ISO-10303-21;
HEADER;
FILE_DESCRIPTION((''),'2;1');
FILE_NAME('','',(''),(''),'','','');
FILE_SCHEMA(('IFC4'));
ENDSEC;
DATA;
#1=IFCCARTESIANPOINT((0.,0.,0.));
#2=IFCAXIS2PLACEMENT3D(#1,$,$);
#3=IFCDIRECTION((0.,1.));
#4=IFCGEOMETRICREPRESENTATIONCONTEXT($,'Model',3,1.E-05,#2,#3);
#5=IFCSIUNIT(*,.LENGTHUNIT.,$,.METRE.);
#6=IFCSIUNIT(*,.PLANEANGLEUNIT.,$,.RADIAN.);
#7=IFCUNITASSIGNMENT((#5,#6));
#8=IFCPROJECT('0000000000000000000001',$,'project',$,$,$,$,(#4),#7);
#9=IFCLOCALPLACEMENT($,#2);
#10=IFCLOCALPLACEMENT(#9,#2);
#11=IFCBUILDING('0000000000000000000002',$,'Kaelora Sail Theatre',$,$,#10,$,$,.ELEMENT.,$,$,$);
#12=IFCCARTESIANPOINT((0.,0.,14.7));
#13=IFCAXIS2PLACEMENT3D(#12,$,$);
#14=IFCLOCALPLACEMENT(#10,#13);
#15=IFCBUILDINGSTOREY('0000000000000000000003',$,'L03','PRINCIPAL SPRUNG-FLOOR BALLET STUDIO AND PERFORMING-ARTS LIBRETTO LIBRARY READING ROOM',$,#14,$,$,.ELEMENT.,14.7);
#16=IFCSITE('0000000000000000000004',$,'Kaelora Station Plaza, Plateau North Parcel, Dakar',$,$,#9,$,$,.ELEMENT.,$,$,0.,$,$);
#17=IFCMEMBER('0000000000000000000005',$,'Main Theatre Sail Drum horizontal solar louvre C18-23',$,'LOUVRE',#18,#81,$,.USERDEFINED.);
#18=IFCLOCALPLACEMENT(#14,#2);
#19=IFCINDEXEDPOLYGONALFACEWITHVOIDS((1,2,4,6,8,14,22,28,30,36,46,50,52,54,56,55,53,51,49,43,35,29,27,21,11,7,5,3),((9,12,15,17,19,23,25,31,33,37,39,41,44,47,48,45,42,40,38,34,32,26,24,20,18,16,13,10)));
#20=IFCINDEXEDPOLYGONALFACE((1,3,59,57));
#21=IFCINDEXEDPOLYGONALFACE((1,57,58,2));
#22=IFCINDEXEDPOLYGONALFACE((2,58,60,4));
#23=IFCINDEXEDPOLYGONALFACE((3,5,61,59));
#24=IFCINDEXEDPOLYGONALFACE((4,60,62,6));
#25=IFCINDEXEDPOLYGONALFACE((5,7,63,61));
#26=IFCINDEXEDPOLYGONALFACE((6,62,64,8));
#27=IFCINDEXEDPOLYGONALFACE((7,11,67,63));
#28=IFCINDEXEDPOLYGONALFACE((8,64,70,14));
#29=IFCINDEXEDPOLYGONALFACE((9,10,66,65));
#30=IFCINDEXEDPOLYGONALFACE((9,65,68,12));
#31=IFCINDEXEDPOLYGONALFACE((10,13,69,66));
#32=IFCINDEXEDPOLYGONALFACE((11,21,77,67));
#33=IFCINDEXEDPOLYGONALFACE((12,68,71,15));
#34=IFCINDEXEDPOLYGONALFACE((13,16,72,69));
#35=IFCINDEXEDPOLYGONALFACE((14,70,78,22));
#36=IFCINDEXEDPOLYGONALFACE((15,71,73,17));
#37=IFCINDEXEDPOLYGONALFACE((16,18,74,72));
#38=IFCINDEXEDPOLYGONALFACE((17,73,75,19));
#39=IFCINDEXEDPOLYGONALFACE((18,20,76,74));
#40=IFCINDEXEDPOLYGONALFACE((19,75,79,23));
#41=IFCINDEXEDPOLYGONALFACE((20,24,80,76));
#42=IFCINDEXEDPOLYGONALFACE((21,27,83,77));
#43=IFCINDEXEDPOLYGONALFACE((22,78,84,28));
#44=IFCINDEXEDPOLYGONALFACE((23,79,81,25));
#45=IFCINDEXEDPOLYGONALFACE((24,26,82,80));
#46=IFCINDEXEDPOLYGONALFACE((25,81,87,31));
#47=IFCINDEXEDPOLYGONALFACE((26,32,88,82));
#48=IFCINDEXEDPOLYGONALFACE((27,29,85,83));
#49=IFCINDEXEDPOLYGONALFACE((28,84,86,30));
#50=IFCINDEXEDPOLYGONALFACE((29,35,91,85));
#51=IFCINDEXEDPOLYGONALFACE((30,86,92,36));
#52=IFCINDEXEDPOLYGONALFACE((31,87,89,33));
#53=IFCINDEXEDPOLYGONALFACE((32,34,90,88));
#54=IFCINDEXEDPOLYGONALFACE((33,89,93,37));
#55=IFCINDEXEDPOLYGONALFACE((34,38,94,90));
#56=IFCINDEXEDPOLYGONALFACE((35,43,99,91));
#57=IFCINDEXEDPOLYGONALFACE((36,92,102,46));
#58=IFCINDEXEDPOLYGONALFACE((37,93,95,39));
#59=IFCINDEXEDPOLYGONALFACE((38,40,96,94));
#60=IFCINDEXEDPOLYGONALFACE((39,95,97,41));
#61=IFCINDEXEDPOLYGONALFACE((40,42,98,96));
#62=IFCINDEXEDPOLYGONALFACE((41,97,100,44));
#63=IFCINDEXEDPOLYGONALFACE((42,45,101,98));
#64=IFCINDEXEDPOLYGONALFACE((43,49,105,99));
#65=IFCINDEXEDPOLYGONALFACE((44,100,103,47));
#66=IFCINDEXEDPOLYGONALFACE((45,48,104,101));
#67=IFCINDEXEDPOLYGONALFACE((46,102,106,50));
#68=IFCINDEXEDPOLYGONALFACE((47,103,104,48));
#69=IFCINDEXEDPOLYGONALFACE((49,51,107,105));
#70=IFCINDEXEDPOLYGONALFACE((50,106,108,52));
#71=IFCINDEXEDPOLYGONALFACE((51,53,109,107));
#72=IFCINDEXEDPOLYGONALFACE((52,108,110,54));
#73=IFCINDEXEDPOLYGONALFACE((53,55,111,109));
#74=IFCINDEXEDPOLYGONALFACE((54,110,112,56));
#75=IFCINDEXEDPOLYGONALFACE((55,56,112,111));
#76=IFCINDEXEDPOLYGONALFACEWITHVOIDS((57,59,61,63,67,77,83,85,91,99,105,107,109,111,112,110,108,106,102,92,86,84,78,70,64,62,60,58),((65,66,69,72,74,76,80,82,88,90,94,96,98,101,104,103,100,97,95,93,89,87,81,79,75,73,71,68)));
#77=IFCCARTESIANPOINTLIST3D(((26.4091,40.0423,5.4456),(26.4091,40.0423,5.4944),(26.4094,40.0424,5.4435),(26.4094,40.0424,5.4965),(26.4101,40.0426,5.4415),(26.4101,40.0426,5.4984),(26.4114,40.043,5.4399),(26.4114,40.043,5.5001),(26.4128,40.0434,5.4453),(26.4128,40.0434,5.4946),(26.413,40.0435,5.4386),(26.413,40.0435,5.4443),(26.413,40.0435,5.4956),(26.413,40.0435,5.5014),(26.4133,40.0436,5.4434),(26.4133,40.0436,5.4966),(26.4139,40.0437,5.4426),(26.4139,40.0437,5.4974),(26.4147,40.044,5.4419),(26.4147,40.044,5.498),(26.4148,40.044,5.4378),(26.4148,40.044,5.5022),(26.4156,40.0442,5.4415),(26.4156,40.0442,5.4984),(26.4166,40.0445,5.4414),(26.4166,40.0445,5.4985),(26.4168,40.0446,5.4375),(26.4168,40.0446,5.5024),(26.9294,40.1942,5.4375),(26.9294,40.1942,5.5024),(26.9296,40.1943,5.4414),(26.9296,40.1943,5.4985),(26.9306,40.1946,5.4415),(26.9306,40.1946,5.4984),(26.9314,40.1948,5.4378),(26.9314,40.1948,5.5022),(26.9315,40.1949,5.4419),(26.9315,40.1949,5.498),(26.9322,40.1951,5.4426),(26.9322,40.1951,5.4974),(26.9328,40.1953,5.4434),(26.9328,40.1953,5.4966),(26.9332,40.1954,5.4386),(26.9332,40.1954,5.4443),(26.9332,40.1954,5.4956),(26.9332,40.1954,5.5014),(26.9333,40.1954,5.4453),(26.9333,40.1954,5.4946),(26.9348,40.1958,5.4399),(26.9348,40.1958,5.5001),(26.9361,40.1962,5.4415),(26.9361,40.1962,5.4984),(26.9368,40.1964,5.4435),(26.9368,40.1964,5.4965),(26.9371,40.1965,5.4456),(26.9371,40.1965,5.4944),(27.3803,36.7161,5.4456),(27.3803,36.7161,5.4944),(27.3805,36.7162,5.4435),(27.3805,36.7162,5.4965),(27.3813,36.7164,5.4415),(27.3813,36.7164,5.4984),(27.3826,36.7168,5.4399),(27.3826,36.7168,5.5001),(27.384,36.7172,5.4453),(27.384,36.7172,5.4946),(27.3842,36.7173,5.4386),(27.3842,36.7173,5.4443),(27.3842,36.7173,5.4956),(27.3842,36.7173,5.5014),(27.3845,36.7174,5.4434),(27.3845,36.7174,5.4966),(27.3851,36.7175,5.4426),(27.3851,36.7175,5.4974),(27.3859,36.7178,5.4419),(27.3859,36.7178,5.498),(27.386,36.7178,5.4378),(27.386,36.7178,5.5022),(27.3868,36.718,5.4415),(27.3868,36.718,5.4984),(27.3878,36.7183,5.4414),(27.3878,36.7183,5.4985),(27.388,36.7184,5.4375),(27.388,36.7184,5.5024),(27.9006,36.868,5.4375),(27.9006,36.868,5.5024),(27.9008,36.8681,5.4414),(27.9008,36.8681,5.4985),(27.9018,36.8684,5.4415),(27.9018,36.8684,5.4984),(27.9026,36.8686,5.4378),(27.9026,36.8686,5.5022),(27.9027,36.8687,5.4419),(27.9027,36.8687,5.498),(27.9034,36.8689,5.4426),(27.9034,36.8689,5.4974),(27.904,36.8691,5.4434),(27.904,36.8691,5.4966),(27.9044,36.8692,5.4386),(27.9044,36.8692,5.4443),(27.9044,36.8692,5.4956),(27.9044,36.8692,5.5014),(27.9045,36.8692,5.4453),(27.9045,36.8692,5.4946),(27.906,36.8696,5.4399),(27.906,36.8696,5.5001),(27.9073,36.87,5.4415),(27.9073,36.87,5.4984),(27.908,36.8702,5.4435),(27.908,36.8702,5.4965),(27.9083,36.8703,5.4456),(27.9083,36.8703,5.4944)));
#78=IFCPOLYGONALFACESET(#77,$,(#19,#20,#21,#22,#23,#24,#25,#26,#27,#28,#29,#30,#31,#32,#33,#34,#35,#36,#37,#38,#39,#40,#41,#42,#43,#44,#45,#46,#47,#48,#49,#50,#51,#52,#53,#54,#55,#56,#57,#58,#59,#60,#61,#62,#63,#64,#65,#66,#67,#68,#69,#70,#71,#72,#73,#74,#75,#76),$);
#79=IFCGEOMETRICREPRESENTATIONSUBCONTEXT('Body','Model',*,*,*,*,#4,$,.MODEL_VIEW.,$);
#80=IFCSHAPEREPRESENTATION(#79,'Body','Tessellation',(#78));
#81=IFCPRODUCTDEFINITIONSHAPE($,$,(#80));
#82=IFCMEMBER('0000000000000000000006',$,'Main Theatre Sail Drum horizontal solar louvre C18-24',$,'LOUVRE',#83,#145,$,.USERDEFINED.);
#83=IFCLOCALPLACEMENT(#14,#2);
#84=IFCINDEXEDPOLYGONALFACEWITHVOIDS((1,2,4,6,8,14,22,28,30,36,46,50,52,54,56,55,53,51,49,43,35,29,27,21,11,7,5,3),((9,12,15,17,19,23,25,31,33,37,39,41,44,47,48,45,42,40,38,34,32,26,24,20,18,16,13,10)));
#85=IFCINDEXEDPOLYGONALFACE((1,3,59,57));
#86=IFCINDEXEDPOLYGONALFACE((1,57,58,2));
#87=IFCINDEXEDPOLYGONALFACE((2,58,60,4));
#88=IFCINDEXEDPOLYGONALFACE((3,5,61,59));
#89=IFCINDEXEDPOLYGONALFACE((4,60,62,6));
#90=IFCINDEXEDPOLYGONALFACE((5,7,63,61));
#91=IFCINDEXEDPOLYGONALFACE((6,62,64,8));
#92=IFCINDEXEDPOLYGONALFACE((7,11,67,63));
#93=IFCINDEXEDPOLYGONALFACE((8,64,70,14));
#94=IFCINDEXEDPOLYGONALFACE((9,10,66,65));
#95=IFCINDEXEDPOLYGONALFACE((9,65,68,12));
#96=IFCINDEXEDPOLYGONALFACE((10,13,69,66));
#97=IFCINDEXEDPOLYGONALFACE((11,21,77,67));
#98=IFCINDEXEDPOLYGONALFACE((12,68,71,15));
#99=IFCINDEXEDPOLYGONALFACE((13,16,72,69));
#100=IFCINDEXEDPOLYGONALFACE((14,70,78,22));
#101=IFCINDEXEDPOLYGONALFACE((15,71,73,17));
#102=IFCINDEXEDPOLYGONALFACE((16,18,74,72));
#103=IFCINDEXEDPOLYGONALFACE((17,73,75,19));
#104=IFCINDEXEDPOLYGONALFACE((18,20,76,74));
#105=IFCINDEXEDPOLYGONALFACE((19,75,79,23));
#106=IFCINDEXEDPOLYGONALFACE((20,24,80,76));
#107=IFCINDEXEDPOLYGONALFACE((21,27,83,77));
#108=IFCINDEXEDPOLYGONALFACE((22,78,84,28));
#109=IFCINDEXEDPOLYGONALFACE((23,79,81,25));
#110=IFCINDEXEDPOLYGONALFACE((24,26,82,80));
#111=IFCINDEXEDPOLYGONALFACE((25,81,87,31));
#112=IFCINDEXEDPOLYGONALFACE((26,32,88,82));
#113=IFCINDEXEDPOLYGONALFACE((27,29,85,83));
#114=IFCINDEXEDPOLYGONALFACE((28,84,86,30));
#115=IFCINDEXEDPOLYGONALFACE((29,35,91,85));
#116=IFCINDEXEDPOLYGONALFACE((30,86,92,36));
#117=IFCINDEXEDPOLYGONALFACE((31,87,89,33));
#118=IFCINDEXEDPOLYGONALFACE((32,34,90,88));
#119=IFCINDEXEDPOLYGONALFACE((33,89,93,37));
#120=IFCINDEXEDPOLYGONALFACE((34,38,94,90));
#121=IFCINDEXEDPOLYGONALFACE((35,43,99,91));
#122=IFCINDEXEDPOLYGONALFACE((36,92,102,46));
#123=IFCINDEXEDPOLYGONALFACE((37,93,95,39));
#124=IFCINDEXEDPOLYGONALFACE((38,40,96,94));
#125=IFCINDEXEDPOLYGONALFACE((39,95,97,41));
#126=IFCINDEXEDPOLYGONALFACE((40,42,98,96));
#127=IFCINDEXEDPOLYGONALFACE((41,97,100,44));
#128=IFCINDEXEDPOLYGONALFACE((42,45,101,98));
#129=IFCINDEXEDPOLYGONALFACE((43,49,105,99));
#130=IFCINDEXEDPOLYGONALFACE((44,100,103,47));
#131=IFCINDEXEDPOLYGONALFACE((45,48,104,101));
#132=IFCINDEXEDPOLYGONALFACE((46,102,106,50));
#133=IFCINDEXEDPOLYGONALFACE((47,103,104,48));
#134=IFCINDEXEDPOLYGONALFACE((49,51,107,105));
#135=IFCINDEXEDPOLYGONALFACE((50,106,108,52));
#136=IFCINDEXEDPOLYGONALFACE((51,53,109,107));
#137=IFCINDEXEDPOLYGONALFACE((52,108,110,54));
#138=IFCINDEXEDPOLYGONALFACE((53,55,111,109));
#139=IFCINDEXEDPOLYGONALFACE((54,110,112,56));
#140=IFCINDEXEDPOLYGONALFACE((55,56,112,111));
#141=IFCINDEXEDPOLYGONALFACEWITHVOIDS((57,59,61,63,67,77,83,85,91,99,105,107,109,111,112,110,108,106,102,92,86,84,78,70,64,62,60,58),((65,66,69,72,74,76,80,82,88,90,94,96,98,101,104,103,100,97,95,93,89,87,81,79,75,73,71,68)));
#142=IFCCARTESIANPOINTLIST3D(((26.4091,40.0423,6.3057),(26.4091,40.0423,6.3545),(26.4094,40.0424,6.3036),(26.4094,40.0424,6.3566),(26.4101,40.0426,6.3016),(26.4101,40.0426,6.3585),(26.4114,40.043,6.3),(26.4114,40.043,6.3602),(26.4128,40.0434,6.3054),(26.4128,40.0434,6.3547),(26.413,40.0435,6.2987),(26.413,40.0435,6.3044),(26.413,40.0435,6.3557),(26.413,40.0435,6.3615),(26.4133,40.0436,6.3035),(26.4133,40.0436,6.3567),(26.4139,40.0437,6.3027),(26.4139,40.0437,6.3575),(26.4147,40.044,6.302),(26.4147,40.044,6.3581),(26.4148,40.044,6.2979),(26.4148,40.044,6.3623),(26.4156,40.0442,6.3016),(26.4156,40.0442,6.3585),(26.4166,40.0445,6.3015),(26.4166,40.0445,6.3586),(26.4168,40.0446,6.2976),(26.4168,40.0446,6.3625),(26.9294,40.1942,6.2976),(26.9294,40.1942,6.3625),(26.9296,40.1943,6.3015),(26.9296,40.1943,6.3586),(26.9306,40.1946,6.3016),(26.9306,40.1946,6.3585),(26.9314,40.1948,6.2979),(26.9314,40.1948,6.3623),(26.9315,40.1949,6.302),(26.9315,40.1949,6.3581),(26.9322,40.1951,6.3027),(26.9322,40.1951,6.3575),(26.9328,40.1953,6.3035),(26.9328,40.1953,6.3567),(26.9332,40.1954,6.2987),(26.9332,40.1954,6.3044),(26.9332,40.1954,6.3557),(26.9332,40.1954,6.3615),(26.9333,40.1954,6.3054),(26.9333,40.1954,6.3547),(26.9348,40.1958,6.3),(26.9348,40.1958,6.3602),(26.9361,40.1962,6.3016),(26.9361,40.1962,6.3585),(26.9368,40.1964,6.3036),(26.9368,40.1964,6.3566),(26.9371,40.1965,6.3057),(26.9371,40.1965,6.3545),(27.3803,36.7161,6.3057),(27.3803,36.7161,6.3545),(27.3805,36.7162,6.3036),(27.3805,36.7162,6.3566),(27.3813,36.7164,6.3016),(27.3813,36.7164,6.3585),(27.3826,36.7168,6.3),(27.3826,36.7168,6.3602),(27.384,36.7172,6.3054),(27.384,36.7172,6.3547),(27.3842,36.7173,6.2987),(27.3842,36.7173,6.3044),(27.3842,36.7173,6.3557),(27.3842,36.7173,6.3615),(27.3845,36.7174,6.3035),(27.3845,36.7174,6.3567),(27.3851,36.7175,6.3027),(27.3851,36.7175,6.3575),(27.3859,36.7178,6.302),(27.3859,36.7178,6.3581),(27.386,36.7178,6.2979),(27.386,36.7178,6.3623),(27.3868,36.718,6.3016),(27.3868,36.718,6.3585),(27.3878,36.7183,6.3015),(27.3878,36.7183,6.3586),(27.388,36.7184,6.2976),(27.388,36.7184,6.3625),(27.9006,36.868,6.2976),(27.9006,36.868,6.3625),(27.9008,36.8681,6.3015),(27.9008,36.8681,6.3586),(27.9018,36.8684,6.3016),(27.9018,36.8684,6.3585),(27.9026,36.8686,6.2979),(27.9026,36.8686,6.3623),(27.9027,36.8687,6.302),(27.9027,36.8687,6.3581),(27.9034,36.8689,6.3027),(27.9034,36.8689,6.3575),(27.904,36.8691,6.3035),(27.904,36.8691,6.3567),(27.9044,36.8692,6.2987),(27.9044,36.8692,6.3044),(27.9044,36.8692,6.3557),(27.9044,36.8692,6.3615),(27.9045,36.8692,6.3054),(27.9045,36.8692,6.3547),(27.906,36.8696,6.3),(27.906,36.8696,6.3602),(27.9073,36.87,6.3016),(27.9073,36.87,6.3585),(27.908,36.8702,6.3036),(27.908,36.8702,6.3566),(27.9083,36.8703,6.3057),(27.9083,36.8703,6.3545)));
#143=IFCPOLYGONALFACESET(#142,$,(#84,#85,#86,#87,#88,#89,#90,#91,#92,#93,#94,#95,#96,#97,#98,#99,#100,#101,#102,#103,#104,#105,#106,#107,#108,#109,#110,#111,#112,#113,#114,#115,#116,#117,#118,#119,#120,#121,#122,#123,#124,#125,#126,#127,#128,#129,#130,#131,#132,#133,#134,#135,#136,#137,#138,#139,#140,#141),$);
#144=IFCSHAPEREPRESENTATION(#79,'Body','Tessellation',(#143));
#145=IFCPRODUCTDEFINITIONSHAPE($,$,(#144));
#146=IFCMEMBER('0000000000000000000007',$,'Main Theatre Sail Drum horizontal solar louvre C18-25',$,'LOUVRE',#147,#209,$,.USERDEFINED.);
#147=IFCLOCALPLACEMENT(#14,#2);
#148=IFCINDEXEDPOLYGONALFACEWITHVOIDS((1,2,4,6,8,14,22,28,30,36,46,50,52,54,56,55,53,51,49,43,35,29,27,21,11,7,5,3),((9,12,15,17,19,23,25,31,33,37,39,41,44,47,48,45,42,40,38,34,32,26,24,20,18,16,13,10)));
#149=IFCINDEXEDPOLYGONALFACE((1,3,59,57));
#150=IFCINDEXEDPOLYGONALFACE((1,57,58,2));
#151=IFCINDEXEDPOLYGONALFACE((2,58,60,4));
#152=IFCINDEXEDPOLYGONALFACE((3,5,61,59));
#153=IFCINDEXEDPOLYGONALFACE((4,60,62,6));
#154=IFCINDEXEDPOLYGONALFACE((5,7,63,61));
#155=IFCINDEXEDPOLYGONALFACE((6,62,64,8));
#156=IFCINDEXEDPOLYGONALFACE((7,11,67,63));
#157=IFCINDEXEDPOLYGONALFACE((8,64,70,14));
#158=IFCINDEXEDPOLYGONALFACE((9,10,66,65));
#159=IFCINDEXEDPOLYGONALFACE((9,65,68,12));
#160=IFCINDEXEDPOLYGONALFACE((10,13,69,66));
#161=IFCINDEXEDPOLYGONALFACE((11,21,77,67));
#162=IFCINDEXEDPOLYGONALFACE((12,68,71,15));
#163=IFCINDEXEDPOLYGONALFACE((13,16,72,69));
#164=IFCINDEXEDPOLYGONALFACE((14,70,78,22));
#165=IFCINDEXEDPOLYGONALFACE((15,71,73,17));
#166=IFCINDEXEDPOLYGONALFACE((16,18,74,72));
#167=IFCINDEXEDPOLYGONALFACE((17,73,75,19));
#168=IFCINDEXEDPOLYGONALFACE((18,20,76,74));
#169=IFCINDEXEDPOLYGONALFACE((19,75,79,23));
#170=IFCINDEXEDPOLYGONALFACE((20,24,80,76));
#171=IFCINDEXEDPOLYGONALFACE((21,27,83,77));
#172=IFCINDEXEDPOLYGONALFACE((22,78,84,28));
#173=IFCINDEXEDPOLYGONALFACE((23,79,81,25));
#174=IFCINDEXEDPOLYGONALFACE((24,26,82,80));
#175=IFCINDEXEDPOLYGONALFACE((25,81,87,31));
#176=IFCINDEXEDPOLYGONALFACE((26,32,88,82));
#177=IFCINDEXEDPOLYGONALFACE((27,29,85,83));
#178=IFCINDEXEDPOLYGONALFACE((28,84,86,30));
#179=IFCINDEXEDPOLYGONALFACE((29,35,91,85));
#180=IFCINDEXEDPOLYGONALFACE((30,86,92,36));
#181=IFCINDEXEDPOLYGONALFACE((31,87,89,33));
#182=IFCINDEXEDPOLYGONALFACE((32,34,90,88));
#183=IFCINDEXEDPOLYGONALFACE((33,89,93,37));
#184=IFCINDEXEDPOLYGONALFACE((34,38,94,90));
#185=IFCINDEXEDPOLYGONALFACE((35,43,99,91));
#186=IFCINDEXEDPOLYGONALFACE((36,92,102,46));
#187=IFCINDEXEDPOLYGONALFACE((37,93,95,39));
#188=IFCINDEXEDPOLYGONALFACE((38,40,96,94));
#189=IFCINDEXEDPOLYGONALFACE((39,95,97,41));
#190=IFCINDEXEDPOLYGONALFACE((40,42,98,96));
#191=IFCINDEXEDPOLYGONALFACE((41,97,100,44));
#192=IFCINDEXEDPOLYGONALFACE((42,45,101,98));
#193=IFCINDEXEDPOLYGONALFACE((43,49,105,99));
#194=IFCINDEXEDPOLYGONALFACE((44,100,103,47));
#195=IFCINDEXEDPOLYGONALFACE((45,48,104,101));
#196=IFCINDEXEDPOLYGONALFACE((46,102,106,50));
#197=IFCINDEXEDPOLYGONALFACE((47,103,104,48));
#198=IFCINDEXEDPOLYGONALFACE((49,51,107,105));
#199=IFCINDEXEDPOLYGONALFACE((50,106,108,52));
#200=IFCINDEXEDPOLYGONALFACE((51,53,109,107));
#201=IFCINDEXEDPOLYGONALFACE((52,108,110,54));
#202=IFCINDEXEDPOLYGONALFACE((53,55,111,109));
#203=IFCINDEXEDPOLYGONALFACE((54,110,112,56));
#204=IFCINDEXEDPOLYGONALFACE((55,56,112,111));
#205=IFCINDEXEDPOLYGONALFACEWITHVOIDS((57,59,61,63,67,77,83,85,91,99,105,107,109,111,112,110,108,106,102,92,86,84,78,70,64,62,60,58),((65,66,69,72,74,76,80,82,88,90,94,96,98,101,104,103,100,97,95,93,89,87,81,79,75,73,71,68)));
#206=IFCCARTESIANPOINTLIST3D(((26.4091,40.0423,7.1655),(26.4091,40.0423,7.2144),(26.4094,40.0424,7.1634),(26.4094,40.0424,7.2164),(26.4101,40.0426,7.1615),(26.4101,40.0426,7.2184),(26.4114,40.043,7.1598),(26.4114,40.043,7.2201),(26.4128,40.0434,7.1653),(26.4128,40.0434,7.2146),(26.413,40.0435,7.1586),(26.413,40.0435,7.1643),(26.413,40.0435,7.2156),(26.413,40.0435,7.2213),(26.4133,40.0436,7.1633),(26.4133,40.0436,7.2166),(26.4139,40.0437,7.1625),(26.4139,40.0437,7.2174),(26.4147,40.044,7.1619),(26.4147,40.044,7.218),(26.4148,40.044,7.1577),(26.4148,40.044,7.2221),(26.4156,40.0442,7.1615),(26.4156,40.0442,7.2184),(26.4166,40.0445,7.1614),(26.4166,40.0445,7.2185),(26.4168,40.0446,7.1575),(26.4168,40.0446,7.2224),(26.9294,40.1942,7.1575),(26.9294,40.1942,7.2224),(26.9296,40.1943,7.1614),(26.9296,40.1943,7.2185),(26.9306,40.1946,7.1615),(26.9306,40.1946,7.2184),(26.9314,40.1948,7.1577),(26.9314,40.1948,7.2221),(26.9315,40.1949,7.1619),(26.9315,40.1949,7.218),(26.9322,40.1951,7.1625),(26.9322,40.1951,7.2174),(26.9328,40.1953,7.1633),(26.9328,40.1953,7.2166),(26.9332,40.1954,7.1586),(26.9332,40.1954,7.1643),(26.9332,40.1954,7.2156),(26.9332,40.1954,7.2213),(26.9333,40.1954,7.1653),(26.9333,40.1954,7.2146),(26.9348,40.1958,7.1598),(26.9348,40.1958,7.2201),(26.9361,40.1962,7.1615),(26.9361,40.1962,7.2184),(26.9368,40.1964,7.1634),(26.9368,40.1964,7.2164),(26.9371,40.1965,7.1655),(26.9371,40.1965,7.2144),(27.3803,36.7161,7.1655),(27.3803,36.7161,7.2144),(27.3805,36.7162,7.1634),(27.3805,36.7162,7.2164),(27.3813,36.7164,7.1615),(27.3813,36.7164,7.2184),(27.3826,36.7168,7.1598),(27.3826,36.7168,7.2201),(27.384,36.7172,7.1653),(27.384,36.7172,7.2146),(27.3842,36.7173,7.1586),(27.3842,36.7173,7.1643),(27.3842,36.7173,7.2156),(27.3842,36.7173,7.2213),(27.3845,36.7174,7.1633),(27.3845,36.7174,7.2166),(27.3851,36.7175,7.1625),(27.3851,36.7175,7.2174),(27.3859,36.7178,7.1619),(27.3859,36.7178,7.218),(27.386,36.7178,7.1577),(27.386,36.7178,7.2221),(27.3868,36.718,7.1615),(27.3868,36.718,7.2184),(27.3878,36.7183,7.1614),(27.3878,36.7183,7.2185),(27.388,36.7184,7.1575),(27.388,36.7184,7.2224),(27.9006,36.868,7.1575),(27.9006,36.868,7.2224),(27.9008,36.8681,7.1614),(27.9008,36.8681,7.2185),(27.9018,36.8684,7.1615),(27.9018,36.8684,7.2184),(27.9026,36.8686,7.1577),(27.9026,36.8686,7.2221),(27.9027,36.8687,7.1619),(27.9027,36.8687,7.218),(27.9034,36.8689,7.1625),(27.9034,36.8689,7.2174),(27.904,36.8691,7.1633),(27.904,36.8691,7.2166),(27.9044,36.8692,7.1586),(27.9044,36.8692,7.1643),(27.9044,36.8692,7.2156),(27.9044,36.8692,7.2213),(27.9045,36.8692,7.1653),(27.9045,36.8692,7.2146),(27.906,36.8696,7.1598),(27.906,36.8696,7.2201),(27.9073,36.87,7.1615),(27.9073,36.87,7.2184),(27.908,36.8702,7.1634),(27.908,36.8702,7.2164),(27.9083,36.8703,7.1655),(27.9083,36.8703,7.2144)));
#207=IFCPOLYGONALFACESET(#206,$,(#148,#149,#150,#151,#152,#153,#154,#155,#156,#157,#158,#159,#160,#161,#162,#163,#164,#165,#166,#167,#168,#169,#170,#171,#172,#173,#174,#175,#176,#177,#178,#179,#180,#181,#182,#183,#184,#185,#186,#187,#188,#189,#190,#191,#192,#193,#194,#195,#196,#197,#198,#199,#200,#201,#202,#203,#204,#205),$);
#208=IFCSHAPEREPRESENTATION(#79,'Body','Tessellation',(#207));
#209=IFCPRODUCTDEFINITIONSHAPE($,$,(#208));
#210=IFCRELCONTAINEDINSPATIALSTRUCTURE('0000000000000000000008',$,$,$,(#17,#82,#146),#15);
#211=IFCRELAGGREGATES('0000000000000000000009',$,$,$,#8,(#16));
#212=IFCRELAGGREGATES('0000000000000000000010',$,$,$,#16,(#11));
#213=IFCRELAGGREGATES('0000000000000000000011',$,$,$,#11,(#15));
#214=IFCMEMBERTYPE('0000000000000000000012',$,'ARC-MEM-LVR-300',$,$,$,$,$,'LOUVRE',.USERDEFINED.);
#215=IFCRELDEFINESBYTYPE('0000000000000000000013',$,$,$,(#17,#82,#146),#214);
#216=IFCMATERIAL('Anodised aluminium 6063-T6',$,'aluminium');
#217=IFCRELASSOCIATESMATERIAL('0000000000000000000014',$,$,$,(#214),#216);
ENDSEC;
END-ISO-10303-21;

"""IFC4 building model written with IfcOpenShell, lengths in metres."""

from ifc_helpers import new_model, si_unit, direction, frame, origin, origin_2d, place, context, subcontext, project, spatial, hollow_rectangle, extrude, material, material_profile, profile_set, type_object, element, save


model = new_model("IFC4")

# Units and contexts
model_context = context("Model", 3, precision=1e-05, world=origin(), true_north=direction((0.0, 1.0)))
body_context = subcontext(model_context, "Body", "Model", "MODEL_VIEW")
ifc_project = project(units=[si_unit("LENGTHUNIT", "METRE"), si_unit("PLANEANGLEUNIT", "RADIAN")], contexts=[model_context])

# Site, building, storey
site_placement = place(None, origin())
site = spatial("IfcSite", under=ifc_project, at=site_placement, Name="Kaelora Station Plaza, Plateau North Parcel, Dakar", CompositionType="ELEMENT", RefElevation=0.0)
building_placement = place(site_placement, origin())
building = spatial("IfcBuilding", under=site, at=building_placement, Name="Kaelora Sail Theatre", CompositionType="ELEMENT")
storey_placement = place(building_placement, frame((0.0, 0.0, 14.7)))
storey = spatial("IfcBuildingStorey", under=building, at=storey_placement, Name="L03", Description="PRINCIPAL SPRUNG-FLOOR BALLET STUDIO AND PERFORMING-ARTS LIBRETTO LIBRARY READING ROOM", CompositionType="ELEMENT", Elevation=14.7)

# Members
ifc_material_1 = material(Name="Anodised aluminium 6063-T6", Category="aluminium")
ifc_material_profile_1 = material_profile(ifc_material_1, hollow_rectangle(XDim=0.55, YDim=0.0649, WallThickness=0.0039, InnerFilletRadius=0.0039, OuterFilletRadius=0.0081, at=origin_2d()), Name="LOUVRE 550x65x4")
ifc_profile_set_1 = profile_set([ifc_material_profile_1], Name="Anodised aluminium 6063-T6")
member_type = type_object("IfcMemberType", Name="ARC-MEM-LVR-300", ElementType="LOUVRE", PredefinedType="USERDEFINED", material=ifc_profile_set_1)
for number, where, z_axis, x_axis, name in (
    (1, (27.6443, 36.7932, 5.47), (-0.280281, 0.959918, 0.0), (-0.959918, -0.280281, 0.0), "Main Theatre Sail Drum horizontal solar louvre C18-23"),
    (2, (27.6443, 36.7932, 6.3301), (-0.280281, 0.959918, 0.0), (-0.959918, -0.280281, 0.0), "Main Theatre Sail Drum horizontal solar louvre C18-24"),
    (3, (27.6443, 36.7932, 7.1899), (-0.280281, 0.959918, 0.0), (-0.959918, -0.280281, 0.0), "Main Theatre Sail Drum horizontal solar louvre C18-25"),
):
    element("IfcMember", number, at=place(storey_placement, frame(where, z_axis=z_axis, x_axis=x_axis)), inside=storey, type_object=member_type, Name=name, ObjectType="LOUVRE", PredefinedType="USERDEFINED", context=body_context, shape_type="SweptSolid", body=[
        extrude(hollow_rectangle(XDim=0.55, YDim=0.0649, WallThickness=0.0039, InnerFilletRadius=0.0039, OuterFilletRadius=0.0081, at=origin_2d()), origin(), (0.0, 0.0, 1.0), 3.4651),
    ])

save(model, "model.ifc")
